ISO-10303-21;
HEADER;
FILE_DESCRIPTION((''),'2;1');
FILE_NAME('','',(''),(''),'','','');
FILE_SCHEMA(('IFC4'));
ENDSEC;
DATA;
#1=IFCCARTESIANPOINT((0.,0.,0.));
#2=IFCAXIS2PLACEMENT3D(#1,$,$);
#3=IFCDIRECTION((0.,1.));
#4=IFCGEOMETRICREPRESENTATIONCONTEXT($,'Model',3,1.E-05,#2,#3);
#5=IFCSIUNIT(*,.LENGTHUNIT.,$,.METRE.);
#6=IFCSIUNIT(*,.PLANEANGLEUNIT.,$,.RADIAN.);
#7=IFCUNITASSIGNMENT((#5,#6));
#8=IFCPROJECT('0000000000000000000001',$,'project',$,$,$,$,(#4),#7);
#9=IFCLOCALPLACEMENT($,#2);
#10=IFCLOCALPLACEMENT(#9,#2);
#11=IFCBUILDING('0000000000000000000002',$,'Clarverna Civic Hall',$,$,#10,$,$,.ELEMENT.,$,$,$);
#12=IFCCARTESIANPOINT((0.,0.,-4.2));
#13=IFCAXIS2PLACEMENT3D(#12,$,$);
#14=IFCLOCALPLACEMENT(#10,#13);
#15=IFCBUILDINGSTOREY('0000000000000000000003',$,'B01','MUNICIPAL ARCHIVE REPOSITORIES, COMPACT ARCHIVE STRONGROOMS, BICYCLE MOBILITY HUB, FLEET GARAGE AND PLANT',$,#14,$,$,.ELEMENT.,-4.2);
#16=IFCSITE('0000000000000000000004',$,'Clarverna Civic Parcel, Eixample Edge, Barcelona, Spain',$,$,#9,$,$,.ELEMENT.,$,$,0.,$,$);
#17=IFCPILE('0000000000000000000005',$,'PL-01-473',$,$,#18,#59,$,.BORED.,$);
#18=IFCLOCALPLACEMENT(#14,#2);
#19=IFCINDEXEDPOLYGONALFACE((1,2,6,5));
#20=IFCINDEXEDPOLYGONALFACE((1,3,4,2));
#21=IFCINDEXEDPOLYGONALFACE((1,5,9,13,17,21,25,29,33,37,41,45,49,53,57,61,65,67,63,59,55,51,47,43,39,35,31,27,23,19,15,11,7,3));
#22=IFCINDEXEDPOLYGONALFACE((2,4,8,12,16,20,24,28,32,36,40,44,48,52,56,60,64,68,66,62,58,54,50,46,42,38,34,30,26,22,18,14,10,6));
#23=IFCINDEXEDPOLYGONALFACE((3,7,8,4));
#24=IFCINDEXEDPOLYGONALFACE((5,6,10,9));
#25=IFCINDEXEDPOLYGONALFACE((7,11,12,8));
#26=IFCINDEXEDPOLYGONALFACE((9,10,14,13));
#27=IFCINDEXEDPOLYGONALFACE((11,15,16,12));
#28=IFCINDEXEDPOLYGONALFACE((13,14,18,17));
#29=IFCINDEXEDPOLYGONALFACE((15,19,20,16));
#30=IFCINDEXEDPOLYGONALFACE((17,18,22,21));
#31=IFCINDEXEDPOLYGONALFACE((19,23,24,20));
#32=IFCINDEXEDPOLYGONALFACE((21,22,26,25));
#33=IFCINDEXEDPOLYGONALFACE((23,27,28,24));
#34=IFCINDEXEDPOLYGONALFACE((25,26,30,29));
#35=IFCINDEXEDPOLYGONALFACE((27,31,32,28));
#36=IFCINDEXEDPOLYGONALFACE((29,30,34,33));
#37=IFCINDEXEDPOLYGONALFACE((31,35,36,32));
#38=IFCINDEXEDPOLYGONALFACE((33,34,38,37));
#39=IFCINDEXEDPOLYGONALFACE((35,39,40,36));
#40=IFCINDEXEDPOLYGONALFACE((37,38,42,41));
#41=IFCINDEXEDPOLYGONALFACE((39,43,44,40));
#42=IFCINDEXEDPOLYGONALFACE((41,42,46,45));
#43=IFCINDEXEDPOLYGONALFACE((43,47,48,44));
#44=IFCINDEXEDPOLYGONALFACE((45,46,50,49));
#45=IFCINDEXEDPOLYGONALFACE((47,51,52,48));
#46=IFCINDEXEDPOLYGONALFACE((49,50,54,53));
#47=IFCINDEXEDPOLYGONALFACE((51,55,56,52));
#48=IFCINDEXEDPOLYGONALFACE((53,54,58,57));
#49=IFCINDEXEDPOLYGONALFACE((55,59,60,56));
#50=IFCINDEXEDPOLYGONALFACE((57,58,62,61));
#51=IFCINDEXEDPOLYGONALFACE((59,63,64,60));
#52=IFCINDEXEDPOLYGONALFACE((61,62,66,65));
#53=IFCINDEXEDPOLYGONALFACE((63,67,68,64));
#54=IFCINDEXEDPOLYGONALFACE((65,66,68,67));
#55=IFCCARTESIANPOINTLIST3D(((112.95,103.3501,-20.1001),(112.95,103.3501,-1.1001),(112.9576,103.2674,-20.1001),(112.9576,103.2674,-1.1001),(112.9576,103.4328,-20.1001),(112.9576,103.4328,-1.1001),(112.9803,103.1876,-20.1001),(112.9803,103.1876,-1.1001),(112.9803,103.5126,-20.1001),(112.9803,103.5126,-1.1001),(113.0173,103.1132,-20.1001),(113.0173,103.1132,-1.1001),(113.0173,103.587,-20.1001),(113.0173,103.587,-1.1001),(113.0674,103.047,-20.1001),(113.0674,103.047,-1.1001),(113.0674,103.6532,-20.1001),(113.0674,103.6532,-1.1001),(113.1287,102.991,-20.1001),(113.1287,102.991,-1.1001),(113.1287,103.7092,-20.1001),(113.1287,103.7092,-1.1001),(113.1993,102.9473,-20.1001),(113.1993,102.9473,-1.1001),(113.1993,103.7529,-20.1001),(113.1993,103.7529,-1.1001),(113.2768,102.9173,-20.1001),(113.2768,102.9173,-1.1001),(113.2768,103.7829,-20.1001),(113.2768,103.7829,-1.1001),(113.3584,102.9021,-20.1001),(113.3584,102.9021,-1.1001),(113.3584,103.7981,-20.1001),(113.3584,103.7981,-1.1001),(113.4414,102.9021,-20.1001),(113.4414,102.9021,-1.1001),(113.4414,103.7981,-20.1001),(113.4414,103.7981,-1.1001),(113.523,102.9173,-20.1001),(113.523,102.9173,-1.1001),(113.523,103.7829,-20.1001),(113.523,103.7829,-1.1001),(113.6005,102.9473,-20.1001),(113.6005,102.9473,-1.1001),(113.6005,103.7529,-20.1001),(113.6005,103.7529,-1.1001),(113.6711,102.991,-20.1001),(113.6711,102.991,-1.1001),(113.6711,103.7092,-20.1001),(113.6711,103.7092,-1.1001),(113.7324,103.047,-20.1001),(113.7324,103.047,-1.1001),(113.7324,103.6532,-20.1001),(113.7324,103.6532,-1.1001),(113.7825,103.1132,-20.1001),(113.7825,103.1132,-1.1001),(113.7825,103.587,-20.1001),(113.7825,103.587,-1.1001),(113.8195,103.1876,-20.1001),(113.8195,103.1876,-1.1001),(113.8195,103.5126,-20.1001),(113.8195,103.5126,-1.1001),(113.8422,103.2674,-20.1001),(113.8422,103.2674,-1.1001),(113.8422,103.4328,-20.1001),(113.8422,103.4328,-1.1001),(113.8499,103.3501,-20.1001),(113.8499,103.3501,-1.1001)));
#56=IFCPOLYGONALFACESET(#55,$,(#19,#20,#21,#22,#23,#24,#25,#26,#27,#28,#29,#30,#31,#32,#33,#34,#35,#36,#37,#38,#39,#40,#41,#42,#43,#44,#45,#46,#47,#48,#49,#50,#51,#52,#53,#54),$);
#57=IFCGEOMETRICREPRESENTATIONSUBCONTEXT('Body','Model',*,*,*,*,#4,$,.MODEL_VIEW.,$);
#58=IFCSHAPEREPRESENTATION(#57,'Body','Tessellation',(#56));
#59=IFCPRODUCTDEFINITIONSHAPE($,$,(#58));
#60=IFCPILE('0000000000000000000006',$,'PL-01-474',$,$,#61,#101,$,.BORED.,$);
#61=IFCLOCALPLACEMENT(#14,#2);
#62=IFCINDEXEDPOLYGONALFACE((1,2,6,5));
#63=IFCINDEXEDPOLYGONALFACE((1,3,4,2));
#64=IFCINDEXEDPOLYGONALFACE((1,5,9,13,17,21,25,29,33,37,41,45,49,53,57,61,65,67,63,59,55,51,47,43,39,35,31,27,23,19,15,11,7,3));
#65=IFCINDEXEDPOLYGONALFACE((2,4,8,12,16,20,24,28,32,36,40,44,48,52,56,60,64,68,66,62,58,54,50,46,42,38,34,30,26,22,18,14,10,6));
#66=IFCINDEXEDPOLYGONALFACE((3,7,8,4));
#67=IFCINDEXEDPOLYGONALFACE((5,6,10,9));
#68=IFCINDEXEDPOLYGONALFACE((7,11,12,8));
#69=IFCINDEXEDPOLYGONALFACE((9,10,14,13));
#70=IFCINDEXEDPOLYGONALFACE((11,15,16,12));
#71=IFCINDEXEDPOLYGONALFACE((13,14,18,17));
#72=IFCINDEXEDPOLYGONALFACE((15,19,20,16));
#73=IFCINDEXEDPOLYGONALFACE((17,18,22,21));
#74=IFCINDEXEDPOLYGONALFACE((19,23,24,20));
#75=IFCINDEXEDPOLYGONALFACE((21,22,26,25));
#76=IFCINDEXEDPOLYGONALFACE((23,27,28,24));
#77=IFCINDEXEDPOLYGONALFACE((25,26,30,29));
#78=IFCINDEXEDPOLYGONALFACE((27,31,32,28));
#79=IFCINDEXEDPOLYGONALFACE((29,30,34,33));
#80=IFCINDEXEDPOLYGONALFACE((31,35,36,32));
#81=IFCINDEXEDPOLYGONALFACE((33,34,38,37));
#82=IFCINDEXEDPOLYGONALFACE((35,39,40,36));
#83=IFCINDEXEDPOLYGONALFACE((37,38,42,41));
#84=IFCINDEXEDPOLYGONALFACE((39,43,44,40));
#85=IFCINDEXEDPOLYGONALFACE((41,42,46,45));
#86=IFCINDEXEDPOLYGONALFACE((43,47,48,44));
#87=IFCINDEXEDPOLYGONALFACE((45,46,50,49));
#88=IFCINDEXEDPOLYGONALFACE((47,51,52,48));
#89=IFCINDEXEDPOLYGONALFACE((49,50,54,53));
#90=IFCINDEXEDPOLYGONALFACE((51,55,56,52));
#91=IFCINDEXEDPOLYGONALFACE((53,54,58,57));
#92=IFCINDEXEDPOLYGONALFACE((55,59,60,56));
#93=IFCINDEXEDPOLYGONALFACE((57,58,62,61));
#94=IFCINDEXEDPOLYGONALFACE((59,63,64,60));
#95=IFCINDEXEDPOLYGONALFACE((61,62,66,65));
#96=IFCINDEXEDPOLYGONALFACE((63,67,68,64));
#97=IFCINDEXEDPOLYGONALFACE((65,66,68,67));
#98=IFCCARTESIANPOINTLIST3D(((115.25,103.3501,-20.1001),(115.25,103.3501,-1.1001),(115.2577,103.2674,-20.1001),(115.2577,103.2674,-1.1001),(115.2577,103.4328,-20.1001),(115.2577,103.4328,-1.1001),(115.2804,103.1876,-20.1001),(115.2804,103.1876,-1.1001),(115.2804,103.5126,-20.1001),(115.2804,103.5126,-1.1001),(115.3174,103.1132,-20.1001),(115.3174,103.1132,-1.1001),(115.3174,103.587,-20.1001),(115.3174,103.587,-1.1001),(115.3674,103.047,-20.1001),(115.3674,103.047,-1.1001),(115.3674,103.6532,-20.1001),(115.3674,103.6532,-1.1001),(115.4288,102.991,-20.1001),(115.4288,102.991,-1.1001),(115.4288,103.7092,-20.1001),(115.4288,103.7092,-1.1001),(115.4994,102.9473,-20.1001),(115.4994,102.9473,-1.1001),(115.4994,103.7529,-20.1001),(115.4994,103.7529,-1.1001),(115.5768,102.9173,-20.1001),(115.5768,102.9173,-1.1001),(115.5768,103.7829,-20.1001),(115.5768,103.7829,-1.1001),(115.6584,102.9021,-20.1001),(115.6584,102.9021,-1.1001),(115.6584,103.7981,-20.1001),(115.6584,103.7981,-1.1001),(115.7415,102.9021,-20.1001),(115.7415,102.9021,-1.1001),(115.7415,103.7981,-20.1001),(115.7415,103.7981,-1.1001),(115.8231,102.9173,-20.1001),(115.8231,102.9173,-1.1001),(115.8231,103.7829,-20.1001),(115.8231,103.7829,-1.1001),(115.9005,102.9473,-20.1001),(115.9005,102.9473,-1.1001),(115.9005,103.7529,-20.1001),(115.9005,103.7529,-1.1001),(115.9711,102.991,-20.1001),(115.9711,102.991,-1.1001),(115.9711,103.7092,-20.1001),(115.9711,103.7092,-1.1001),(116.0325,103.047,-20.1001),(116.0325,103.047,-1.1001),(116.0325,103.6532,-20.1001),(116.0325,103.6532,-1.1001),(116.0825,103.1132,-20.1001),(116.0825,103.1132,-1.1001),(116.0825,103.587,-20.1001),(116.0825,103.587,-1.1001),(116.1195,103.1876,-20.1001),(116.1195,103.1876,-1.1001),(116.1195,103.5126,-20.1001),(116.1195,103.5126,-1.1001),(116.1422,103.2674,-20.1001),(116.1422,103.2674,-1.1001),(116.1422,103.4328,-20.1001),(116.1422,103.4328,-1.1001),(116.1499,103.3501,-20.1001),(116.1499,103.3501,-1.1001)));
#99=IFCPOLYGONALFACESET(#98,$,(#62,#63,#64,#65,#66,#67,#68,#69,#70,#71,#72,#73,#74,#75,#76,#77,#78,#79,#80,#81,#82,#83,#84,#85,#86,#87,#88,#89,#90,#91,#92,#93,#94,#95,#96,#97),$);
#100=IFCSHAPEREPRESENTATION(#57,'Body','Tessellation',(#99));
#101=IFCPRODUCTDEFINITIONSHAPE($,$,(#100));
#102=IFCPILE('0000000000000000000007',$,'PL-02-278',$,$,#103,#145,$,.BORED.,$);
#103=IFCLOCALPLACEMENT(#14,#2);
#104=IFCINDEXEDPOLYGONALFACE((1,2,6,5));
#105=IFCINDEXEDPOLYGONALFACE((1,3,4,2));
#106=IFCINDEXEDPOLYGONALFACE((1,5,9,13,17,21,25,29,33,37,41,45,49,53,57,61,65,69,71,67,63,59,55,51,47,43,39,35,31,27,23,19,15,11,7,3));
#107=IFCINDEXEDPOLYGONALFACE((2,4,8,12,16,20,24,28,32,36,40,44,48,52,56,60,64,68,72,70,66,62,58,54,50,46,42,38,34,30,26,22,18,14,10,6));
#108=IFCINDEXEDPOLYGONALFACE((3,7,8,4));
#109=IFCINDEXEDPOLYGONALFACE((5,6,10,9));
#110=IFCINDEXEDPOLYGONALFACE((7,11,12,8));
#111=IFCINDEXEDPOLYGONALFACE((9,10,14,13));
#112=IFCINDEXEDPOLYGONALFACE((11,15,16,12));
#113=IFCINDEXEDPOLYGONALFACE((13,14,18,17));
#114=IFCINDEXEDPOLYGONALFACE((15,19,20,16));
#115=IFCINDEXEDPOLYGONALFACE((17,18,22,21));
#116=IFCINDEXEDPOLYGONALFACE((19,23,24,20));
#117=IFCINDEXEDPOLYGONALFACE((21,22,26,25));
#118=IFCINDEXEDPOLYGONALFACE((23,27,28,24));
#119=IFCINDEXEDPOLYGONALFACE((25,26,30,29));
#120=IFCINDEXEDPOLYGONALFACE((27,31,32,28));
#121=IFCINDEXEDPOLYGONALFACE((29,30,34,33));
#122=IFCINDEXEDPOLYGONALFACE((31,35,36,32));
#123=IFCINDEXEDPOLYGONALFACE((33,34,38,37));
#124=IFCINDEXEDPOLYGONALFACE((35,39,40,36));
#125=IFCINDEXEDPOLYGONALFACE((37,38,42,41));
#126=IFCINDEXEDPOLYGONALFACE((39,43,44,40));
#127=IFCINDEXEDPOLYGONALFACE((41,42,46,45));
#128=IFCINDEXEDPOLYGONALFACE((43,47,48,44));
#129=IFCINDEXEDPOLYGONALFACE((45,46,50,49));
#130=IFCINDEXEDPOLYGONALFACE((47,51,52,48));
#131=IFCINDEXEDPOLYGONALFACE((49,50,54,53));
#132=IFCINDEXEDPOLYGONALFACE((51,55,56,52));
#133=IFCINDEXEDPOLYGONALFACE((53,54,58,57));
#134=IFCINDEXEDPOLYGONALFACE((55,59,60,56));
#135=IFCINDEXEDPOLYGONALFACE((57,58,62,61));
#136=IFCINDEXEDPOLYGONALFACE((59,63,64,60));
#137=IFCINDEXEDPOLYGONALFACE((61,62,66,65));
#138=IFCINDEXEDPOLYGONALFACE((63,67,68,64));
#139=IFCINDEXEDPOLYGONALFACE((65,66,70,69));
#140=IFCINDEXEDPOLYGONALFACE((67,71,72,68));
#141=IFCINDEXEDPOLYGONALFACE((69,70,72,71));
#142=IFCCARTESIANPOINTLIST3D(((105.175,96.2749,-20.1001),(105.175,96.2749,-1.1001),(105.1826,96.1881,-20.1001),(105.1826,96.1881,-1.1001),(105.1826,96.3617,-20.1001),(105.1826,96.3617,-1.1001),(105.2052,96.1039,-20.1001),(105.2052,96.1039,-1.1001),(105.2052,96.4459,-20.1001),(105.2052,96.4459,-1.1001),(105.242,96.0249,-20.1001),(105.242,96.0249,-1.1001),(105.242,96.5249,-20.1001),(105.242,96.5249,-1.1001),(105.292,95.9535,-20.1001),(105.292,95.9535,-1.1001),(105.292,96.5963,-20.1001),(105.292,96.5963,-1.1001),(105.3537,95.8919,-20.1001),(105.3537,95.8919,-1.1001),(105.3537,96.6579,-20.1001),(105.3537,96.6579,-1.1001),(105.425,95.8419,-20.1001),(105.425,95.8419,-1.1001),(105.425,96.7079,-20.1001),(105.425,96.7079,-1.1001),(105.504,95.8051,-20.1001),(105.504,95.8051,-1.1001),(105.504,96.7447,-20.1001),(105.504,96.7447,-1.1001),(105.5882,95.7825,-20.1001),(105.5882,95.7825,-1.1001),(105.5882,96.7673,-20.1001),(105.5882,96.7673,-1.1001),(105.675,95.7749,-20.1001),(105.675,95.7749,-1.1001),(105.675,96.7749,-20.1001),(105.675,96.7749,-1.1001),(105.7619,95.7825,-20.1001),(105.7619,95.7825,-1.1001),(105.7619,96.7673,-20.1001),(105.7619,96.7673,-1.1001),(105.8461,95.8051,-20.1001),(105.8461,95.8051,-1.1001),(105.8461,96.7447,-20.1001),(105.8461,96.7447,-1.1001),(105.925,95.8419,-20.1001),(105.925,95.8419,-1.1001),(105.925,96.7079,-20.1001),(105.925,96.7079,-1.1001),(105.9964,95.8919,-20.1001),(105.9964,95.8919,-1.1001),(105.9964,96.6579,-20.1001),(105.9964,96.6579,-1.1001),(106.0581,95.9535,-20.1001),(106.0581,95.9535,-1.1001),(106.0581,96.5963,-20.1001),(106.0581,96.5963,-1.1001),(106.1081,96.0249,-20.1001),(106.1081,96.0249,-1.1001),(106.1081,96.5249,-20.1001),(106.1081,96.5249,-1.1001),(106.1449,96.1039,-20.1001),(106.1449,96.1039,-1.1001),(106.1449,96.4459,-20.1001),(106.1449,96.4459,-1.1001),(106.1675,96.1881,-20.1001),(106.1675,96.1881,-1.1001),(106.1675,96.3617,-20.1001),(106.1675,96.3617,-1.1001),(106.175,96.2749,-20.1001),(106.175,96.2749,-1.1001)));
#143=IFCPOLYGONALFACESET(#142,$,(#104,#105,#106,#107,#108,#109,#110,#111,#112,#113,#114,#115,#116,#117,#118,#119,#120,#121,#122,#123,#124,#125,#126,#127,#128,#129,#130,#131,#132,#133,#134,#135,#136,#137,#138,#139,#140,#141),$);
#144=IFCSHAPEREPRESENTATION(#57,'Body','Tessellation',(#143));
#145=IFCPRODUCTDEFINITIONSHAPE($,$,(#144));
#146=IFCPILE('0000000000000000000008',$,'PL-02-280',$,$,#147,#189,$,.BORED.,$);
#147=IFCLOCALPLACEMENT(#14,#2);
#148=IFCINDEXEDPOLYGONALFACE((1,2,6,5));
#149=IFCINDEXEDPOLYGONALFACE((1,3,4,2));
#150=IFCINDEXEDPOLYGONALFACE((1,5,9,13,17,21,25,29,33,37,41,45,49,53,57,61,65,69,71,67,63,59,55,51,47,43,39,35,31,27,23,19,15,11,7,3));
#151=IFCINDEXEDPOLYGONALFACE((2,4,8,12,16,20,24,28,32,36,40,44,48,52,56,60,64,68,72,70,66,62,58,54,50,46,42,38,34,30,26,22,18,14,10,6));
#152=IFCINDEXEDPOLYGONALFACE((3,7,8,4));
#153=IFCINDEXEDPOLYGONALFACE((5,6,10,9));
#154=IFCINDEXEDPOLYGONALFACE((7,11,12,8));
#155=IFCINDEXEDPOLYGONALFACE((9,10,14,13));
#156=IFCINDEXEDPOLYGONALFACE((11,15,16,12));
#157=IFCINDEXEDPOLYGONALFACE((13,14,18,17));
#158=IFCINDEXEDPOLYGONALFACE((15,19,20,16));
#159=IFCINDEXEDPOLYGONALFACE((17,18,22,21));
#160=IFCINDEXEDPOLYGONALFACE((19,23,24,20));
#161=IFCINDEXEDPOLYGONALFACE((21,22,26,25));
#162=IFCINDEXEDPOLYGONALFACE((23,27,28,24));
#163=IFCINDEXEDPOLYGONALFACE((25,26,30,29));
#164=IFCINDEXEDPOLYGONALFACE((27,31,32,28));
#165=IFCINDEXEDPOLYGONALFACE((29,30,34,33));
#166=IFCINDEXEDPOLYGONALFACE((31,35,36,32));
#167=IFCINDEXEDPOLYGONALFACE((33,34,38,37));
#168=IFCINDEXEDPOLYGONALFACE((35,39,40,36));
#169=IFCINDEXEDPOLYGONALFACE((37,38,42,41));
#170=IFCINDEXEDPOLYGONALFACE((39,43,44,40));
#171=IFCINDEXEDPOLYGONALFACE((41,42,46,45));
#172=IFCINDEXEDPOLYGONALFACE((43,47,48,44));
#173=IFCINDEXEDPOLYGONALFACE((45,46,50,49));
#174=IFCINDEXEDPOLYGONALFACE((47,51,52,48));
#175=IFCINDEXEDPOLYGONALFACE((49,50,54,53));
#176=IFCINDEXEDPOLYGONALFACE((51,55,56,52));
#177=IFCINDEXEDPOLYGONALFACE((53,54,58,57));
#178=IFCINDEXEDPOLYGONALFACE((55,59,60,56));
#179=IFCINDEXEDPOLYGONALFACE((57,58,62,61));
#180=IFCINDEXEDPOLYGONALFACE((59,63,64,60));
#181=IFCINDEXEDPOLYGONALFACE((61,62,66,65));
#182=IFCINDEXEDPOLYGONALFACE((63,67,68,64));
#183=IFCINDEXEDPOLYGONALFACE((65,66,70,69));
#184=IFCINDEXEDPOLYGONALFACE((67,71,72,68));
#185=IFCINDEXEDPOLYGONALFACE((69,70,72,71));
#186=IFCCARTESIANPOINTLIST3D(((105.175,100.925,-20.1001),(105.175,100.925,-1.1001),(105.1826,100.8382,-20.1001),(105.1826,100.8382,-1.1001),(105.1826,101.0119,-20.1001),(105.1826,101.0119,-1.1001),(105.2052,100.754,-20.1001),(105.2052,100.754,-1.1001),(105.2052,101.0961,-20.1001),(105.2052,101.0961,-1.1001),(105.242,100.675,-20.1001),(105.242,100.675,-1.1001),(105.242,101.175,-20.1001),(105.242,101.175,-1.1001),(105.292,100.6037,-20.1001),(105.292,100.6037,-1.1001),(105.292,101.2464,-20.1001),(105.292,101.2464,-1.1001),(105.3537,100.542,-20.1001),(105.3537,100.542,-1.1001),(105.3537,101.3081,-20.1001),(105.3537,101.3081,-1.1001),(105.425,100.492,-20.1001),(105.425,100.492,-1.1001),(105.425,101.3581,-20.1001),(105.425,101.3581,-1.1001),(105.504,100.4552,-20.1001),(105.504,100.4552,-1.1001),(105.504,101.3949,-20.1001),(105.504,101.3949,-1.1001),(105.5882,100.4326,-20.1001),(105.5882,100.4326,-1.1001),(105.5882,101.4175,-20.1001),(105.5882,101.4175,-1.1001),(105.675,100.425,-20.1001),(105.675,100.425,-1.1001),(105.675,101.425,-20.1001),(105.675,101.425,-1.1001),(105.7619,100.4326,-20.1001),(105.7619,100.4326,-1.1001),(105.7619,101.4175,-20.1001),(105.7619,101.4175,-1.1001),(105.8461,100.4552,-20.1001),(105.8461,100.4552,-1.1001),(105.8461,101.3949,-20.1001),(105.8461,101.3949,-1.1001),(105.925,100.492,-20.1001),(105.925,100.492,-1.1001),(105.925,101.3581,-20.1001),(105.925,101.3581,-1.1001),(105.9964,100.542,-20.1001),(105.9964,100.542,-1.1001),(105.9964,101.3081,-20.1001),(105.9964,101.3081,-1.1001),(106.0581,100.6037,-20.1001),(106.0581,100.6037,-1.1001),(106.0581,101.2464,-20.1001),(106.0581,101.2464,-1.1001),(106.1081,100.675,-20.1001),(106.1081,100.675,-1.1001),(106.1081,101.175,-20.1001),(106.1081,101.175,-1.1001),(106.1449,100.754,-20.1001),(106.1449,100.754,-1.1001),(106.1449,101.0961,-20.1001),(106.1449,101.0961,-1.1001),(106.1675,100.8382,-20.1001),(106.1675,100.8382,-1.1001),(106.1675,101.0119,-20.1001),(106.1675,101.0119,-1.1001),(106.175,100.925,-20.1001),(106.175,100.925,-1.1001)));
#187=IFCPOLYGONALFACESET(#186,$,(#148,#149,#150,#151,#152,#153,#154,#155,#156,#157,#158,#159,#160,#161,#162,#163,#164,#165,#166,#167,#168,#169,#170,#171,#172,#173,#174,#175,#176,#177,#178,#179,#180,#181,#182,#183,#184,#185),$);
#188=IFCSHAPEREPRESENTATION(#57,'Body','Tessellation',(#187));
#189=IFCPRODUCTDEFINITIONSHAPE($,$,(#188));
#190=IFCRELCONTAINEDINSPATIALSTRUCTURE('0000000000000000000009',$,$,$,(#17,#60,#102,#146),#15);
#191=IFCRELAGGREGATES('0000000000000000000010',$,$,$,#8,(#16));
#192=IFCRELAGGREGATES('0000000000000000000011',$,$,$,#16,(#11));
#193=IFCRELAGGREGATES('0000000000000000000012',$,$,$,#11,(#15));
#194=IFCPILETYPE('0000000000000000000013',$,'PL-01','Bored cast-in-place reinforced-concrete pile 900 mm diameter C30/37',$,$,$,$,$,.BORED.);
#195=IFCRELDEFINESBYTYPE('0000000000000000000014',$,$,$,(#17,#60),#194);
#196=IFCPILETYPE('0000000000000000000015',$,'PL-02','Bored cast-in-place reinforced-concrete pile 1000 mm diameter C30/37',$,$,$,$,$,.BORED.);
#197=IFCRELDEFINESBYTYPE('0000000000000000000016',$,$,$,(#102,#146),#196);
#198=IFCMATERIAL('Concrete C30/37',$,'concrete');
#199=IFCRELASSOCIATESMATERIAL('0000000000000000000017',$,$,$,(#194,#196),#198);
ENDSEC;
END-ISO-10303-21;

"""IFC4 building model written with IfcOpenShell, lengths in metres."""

from ifc_helpers import new_model, si_unit, direction, frame, origin, origin_2d, place, context, subcontext, project, spatial, circle, extrude, material, material_profile, profile_set, type_object, element, save


model = new_model("IFC4")

# Units and contexts
model_context = context("Model", 3, precision=1e-05, world=origin(), true_north=direction((0.0, 1.0)))
body_context = subcontext(model_context, "Body", "Model", "MODEL_VIEW")
ifc_project = project(units=[si_unit("LENGTHUNIT", "METRE"), si_unit("PLANEANGLEUNIT", "RADIAN")], contexts=[model_context])

# Site, building, storey
site_placement = place(None, origin())
site = spatial("IfcSite", under=ifc_project, at=site_placement, Name="Clarverna Civic Parcel, Eixample Edge, Barcelona, Spain", CompositionType="ELEMENT", RefElevation=0.0)
building_placement = place(site_placement, origin())
building = spatial("IfcBuilding", under=site, at=building_placement, Name="Clarverna Civic Hall", CompositionType="ELEMENT")
storey_placement = place(building_placement, frame((0.0, 0.0, -4.2)))
storey = spatial("IfcBuildingStorey", under=building, at=storey_placement, Name="B01", Description="MUNICIPAL ARCHIVE REPOSITORIES, COMPACT ARCHIVE STRONGROOMS, BICYCLE MOBILITY HUB, FLEET GARAGE AND PLANT", CompositionType="ELEMENT", Elevation=-4.2)

# Shared definitions
ifc_material_1 = material(Name="Concrete C30/37", Category="concrete")

# Piles
ifc_material_profile_1 = material_profile(ifc_material_1, circle(Radius=0.45, at=origin_2d()), Name="BORED PILE D900")
ifc_profile_set_1 = profile_set([ifc_material_profile_1], Name="Concrete C30/37")
pile_type_1 = type_object("IfcPileType", Name="PL-01", Description="Bored cast-in-place reinforced-concrete pile 900 mm diameter C30/37", PredefinedType="BORED", material=ifc_profile_set_1)
for number, where, z_axis, x_axis, name in (
    (1, (113.3999, 103.3501, -1.1001), (0.0, 0.0, -1.0), (1.0, 0.0, 0.0), "PL-01-473"),
    (2, (115.7, 103.3501, -1.1001), (0.0, 0.0, -1.0), (1.0, 0.0, 0.0), "PL-01-474"),
):
    element("IfcPile", number, at=place(storey_placement, frame(where, z_axis=z_axis, x_axis=x_axis)), inside=storey, type_object=pile_type_1, Name=name, PredefinedType="BORED", context=body_context, shape_type="SweptSolid", body=[
        extrude(circle(Radius=0.45, at=origin_2d()), origin(), (0.0, 0.0, 1.0), 19.0),
    ])
ifc_material_profile_2 = material_profile(ifc_material_1, circle(Radius=0.5, at=origin_2d()), Name="BORED PILE D1000")
ifc_profile_set_2 = profile_set([ifc_material_profile_2], Name="Concrete C30/37")
pile_type_2 = type_object("IfcPileType", Name="PL-02", Description="Bored cast-in-place reinforced-concrete pile 1000 mm diameter C30/37", PredefinedType="BORED", material=ifc_profile_set_2)
for number, where, z_axis, x_axis, name in (
    (3, (105.675, 96.2749, -1.1001), (0.0, 0.0, -1.0), (1.0, 0.0, 0.0), "PL-02-278"),
    (4, (105.675, 100.925, -1.1001), (0.0, 0.0, -1.0), (1.0, 0.0, 0.0), "PL-02-280"),
):
    element("IfcPile", number, at=place(storey_placement, frame(where, z_axis=z_axis, x_axis=x_axis)), inside=storey, type_object=pile_type_2, Name=name, PredefinedType="BORED", context=body_context, shape_type="SweptSolid", body=[
        extrude(circle(Radius=0.5, at=origin_2d()), origin(), (0.0, 0.0, 1.0), 19.0),
    ])

save(model, "model.ifc")
